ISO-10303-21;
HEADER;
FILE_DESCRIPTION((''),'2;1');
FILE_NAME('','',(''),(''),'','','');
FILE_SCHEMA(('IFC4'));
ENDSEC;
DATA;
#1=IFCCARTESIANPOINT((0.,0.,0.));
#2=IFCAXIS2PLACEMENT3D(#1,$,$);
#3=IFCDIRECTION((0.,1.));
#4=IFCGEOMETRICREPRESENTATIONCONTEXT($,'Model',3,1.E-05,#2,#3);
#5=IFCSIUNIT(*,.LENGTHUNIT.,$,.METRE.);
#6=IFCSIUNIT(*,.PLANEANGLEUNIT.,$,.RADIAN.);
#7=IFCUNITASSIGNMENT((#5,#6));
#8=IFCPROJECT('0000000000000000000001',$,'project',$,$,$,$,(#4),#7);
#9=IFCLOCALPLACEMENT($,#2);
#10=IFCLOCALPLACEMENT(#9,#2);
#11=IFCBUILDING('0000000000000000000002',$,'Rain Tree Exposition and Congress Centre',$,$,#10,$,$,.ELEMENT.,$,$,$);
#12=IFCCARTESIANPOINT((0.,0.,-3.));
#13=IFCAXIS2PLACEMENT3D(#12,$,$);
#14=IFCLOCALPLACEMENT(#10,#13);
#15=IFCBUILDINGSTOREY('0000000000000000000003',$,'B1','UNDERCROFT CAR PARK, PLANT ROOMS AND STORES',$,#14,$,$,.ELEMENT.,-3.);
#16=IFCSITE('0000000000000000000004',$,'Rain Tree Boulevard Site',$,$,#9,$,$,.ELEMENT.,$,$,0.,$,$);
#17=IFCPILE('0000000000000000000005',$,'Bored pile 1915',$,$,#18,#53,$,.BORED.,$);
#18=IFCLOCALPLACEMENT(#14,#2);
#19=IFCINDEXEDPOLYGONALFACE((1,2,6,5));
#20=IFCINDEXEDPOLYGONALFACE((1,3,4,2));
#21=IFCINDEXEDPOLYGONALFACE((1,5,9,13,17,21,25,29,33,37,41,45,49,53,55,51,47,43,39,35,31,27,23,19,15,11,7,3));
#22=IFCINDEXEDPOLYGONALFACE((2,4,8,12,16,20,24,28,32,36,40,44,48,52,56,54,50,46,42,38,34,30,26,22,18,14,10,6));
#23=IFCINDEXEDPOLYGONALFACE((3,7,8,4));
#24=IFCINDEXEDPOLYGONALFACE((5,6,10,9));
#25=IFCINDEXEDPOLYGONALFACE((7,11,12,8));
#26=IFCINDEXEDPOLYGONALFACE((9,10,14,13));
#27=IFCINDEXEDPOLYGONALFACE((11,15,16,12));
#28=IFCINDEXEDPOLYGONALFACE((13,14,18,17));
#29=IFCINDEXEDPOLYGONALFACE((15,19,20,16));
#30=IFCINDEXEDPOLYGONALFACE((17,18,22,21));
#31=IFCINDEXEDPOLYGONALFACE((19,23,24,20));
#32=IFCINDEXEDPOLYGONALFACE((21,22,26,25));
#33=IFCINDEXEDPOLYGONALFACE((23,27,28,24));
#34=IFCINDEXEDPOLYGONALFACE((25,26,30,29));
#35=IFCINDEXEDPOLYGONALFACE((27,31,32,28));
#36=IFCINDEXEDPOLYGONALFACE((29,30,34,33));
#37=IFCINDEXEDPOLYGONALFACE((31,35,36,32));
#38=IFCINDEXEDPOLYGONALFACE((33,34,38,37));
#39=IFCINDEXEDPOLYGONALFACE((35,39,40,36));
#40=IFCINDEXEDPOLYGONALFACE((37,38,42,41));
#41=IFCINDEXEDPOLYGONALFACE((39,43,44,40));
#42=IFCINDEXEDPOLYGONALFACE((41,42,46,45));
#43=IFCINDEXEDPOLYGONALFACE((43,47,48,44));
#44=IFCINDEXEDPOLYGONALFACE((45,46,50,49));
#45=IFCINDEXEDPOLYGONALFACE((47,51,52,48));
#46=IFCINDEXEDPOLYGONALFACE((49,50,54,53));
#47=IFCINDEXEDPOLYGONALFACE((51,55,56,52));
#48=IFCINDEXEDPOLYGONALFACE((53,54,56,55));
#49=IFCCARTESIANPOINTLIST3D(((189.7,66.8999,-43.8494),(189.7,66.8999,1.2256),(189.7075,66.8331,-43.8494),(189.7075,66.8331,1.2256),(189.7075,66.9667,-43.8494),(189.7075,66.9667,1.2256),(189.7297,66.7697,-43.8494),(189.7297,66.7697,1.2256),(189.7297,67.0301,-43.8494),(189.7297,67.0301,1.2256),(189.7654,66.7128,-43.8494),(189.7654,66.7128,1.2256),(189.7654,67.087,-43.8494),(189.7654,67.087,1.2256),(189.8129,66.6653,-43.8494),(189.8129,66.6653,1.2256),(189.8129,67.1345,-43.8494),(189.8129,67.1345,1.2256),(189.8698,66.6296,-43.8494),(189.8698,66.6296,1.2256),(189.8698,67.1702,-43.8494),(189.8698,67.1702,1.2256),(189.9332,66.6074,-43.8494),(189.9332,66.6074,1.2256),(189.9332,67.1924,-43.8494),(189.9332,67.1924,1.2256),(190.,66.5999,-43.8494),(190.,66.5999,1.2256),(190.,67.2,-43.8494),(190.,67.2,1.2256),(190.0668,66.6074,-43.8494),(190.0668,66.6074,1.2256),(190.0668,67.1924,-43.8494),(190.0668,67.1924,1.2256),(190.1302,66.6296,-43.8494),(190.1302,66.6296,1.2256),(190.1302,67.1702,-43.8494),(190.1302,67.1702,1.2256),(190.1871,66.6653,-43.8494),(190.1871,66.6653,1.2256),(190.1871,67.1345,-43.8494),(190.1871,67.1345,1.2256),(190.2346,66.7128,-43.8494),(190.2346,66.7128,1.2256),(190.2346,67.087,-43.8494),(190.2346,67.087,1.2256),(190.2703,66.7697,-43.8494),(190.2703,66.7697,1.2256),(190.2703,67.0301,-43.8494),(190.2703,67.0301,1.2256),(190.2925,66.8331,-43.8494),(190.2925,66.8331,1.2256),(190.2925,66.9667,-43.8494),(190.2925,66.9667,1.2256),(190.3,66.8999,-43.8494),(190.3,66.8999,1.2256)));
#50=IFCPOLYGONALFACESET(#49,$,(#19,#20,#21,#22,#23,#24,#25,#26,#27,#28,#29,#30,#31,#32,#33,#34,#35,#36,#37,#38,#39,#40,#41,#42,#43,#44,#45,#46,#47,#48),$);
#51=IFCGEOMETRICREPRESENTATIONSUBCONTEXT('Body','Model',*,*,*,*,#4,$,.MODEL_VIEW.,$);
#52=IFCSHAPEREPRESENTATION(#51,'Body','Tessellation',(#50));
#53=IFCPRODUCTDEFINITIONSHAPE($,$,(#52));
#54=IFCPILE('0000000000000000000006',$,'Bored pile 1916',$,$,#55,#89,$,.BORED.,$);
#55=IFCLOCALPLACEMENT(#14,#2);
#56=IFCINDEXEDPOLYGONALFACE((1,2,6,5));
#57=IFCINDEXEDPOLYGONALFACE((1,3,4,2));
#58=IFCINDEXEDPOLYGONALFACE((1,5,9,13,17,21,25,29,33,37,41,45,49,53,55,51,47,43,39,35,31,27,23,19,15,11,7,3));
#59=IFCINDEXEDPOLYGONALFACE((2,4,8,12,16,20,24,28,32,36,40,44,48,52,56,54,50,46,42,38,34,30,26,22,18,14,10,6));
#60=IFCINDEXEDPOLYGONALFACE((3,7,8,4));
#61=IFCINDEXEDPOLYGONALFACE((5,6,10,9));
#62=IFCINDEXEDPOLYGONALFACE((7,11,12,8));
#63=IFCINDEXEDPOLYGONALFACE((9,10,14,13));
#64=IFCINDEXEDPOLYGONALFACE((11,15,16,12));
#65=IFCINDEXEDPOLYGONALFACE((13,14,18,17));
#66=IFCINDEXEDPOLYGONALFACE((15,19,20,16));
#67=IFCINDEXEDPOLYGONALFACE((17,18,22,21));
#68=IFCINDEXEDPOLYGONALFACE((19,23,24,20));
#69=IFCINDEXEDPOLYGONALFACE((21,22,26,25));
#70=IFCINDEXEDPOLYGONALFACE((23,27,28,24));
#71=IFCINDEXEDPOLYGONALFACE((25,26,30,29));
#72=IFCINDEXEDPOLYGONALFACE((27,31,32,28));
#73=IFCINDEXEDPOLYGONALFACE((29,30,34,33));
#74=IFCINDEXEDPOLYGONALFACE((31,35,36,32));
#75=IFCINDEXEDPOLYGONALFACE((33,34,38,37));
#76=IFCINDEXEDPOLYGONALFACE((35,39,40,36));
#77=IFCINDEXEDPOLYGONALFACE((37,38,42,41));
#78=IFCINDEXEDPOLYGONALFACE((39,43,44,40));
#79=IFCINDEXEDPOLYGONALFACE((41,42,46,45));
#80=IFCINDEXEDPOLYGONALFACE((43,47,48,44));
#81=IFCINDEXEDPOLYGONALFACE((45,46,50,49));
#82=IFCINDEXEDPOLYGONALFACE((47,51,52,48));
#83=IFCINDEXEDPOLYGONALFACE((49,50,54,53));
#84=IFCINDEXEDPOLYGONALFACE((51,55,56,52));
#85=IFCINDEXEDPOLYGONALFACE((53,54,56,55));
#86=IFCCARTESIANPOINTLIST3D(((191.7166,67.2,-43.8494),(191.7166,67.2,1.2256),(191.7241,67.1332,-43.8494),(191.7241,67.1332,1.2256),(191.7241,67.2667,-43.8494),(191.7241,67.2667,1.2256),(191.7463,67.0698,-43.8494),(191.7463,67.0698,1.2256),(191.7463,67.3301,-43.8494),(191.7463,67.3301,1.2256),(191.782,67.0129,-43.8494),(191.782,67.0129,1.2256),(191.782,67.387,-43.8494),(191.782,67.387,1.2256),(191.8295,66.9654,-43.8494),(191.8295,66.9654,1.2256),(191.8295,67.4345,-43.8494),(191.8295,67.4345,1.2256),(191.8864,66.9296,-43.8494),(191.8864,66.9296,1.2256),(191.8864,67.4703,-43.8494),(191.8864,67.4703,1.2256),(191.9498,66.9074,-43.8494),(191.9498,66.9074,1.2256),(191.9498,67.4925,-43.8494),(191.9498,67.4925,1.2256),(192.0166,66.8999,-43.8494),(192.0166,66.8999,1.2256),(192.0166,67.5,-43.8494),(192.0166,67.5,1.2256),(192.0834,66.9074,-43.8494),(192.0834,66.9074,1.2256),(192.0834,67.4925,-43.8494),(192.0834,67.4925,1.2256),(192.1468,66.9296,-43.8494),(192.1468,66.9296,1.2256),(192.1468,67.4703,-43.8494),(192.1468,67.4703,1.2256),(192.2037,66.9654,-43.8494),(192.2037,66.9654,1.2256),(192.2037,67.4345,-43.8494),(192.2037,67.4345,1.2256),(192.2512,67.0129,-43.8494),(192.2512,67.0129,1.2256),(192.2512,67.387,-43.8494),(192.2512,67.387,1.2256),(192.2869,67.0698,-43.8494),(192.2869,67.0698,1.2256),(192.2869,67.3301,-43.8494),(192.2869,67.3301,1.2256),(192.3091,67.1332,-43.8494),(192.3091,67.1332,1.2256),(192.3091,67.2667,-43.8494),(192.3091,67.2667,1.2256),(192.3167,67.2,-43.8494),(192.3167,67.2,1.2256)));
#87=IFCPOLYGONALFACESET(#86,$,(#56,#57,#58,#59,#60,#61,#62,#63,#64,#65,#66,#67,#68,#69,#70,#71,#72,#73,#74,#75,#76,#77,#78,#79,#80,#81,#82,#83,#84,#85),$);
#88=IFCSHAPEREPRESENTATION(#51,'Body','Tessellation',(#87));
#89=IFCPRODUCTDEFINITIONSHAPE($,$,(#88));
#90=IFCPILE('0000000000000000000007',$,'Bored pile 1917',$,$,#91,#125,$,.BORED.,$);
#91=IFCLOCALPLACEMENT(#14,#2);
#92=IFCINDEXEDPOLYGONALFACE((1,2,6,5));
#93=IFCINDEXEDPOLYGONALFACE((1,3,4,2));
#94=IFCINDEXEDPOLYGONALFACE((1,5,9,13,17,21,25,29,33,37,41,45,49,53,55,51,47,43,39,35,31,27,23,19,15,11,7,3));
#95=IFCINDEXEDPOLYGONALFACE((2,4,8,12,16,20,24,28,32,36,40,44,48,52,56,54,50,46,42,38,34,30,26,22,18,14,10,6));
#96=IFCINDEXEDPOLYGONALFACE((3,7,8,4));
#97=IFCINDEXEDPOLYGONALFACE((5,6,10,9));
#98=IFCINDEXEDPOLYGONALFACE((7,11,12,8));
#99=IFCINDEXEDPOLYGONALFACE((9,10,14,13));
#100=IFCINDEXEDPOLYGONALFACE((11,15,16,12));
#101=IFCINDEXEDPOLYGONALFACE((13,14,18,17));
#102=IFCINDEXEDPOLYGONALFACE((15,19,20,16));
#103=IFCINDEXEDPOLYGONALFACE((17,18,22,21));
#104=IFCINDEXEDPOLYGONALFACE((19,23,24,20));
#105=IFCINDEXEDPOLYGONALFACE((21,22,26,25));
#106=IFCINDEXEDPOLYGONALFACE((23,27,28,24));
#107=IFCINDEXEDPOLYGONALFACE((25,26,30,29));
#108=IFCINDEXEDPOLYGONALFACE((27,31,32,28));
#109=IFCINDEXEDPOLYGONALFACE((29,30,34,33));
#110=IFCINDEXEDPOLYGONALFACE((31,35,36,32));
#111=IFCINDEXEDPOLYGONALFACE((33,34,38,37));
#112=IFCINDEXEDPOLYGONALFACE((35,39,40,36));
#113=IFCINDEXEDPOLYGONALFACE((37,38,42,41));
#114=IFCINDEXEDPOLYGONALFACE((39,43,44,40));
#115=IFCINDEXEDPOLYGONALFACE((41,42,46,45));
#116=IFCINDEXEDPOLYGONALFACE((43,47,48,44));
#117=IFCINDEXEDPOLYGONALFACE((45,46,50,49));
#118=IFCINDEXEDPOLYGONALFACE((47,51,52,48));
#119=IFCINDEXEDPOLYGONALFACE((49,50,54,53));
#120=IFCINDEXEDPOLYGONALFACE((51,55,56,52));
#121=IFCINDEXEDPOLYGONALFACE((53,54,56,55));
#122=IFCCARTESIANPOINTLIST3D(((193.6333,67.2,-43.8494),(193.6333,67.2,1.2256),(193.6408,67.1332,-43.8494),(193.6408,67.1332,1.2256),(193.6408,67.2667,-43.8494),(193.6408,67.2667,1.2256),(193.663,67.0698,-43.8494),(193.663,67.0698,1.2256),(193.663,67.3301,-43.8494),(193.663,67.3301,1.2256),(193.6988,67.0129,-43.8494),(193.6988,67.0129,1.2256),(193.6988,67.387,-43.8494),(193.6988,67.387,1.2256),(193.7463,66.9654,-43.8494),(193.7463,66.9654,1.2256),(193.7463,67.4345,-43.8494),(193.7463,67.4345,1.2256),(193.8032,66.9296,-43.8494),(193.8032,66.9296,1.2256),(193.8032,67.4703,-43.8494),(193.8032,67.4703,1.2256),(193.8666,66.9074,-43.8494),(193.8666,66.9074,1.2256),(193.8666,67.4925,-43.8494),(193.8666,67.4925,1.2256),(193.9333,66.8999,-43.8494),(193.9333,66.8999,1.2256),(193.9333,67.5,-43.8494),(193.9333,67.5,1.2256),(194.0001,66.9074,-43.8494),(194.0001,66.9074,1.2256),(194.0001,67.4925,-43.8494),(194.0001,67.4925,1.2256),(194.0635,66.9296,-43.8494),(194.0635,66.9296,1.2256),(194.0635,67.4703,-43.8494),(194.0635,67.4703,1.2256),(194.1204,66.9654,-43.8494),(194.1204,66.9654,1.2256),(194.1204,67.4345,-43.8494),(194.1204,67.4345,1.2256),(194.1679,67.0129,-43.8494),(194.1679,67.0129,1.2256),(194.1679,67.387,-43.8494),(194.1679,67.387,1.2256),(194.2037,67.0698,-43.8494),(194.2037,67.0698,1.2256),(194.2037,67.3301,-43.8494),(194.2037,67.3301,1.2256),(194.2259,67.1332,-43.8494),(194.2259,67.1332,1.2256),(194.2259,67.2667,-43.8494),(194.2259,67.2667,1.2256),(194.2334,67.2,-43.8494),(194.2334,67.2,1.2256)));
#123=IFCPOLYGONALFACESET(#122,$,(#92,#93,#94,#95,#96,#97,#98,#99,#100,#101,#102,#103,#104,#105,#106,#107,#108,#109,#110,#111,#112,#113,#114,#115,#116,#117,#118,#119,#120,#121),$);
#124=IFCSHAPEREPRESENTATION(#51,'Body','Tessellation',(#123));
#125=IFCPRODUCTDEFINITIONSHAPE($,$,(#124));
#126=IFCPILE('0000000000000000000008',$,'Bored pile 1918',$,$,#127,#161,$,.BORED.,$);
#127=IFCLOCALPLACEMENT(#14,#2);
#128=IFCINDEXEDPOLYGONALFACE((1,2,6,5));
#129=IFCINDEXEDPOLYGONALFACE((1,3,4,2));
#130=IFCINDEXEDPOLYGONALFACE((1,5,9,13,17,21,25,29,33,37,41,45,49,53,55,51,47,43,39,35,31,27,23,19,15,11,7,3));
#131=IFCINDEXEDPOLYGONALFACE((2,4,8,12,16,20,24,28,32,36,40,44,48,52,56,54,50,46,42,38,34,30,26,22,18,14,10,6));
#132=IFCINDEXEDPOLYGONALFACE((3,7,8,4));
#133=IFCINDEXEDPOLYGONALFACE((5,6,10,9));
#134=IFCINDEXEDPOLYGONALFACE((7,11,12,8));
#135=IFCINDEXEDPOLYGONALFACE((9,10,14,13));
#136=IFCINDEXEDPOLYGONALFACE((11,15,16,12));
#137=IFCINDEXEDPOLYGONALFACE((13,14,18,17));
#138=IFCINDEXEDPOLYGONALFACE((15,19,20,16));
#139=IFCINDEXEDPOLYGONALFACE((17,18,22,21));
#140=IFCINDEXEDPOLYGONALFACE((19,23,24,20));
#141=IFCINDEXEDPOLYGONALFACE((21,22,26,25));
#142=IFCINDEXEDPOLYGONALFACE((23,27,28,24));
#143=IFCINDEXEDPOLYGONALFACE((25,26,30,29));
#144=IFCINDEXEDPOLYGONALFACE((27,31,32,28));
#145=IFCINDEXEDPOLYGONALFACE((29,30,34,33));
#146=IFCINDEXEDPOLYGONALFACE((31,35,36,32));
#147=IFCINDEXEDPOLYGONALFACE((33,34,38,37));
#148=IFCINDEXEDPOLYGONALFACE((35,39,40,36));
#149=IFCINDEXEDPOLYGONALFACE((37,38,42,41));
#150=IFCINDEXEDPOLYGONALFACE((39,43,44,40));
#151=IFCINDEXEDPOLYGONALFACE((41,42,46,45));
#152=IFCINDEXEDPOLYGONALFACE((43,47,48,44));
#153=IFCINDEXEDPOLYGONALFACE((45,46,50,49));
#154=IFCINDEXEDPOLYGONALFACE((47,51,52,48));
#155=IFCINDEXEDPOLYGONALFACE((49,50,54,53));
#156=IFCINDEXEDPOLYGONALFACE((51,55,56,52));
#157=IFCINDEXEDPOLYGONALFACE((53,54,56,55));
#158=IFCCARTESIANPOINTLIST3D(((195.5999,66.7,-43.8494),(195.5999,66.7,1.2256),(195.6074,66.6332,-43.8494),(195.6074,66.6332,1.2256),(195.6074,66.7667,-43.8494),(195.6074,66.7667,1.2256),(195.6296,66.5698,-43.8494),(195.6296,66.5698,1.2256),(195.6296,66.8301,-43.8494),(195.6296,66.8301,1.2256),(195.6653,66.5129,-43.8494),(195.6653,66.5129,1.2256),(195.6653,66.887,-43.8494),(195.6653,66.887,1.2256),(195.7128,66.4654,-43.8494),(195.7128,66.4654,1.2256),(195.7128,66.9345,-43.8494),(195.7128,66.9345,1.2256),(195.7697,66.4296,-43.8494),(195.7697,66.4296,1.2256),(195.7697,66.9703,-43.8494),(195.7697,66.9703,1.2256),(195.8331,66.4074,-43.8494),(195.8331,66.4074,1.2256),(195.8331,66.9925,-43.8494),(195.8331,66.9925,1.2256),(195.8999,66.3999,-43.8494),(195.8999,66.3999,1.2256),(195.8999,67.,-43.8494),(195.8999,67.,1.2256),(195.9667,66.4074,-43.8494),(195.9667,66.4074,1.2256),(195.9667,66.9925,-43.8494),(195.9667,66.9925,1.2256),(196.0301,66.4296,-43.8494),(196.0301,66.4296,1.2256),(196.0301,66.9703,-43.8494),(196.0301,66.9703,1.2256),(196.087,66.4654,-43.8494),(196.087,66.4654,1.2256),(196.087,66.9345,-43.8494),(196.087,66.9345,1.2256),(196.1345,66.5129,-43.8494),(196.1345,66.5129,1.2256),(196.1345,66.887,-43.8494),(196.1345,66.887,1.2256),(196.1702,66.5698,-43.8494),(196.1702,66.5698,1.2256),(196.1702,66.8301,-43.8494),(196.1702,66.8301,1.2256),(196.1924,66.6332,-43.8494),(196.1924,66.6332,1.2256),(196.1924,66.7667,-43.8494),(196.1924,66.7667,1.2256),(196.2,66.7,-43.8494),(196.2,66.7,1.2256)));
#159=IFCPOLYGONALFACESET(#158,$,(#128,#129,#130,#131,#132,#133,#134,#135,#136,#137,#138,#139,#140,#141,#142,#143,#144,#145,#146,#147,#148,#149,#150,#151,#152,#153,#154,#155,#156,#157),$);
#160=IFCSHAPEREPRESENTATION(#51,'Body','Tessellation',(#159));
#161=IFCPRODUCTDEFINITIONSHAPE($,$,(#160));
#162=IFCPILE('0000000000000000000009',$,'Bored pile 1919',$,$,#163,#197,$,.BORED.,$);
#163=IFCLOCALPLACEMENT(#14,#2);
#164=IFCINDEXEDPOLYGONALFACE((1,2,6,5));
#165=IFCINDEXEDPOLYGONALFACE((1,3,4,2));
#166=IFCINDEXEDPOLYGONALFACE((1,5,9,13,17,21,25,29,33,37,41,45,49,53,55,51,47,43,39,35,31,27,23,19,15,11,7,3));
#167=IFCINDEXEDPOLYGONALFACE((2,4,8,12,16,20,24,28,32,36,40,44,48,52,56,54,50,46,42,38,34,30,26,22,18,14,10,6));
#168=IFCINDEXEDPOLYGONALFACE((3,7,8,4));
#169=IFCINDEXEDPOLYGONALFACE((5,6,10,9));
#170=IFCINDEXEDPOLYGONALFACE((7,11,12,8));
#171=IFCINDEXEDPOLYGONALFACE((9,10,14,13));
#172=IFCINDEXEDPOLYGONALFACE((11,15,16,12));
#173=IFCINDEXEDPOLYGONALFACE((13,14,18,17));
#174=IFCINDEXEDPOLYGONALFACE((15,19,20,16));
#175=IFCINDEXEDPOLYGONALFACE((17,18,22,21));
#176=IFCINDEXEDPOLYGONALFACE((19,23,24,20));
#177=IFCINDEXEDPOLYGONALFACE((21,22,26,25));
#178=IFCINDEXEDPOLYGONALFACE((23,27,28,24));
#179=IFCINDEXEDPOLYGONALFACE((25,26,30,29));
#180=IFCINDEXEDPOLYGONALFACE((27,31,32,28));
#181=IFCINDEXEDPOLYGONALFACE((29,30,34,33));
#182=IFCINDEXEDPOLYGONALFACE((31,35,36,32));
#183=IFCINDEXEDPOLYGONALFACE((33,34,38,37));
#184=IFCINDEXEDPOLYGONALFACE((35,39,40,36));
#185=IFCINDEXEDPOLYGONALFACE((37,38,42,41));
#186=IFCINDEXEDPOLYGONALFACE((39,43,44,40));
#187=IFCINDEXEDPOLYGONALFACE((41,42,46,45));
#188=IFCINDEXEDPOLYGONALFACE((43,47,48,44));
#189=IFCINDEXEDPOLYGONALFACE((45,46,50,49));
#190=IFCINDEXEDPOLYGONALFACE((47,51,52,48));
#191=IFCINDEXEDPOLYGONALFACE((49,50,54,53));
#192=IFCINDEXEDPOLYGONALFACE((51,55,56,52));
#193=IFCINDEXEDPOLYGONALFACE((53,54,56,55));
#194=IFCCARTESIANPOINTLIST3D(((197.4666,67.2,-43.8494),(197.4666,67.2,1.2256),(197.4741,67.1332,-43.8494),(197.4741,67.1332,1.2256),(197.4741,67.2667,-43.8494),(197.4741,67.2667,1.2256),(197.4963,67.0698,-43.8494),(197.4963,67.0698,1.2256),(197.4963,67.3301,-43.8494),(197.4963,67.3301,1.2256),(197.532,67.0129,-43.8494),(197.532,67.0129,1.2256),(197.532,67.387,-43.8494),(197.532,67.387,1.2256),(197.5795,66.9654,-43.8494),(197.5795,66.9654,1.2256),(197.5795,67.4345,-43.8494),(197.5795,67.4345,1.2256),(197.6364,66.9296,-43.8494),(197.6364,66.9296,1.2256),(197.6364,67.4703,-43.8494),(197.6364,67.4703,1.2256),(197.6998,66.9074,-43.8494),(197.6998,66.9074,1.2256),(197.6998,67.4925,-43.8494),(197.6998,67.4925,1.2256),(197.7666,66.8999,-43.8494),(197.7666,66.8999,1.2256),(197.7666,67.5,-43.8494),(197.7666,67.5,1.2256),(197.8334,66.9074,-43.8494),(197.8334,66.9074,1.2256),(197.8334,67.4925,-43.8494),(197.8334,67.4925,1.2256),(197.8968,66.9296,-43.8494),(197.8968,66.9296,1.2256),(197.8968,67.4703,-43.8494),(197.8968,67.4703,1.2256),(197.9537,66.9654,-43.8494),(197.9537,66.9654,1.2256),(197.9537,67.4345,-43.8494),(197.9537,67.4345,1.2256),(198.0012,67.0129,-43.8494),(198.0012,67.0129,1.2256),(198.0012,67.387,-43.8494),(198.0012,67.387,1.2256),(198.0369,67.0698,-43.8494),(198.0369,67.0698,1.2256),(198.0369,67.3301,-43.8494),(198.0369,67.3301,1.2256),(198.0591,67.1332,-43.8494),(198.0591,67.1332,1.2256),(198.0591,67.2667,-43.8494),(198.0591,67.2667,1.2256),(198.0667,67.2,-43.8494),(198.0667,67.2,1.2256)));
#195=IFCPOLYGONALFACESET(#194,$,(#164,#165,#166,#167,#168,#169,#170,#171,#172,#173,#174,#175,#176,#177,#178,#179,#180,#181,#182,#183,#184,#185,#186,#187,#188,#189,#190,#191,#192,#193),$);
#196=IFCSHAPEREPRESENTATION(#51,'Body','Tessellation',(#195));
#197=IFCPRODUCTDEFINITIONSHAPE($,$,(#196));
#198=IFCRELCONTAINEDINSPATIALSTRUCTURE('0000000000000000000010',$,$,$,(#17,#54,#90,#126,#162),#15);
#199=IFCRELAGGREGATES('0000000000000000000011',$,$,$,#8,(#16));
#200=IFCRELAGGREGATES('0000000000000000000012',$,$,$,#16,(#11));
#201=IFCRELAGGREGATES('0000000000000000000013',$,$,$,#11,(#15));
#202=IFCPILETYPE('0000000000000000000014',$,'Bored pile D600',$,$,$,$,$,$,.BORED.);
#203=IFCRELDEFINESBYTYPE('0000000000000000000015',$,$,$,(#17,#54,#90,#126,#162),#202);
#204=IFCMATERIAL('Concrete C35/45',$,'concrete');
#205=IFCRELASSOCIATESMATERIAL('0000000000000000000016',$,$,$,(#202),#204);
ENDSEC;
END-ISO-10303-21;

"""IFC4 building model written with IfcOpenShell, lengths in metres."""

from ifc_helpers import new_model, si_unit, direction, frame, origin, origin_2d, place, context, subcontext, project, spatial, circle, extrude, material, material_profile, profile_set, type_object, element, save


model = new_model("IFC4")

# Units and contexts
model_context = context("Model", 3, precision=1e-05, world=origin(), true_north=direction((0.0, 1.0)))
body_context = subcontext(model_context, "Body", "Model", "MODEL_VIEW")
ifc_project = project(units=[si_unit("LENGTHUNIT", "METRE"), si_unit("PLANEANGLEUNIT", "RADIAN")], contexts=[model_context])

# Site, building, storey
site_placement = place(None, origin())
site = spatial("IfcSite", under=ifc_project, at=site_placement, Name="Rain Tree Boulevard Site", CompositionType="ELEMENT", RefElevation=0.0)
building_placement = place(site_placement, origin())
building = spatial("IfcBuilding", under=site, at=building_placement, Name="Rain Tree Exposition and Congress Centre", CompositionType="ELEMENT")
storey_placement = place(building_placement, frame((0.0, 0.0, -3.0)))
storey = spatial("IfcBuildingStorey", under=building, at=storey_placement, Name="B1", Description="UNDERCROFT CAR PARK, PLANT ROOMS AND STORES", CompositionType="ELEMENT", Elevation=-3.0)

# Piles
ifc_material_1 = material(Name="Concrete C35/45", Category="concrete")
ifc_material_profile_1 = material_profile(ifc_material_1, circle(Radius=0.3, at=origin_2d()), Name="D600")
ifc_profile_set_1 = profile_set([ifc_material_profile_1], Name="Concrete C35/45")
pile_type_1 = type_object("IfcPileType", Name="Bored pile D600", PredefinedType="BORED", material=ifc_profile_set_1)
for number, where, z_axis, x_axis, name in (
    (1, (190.0, 66.8999, 1.2256), (0.0, 0.0, -1.0), (1.0, 0.0, 0.0), "Bored pile 1915"),
    (2, (192.0166, 67.2, 1.2256), (0.0, 0.0, -1.0), (1.0, 0.0, 0.0), "Bored pile 1916"),
    (3, (193.9333, 67.2, 1.2256), (0.0, 0.0, -1.0), (1.0, 0.0, 0.0), "Bored pile 1917"),
    (4, (195.8999, 66.7, 1.2256), (0.0, 0.0, -1.0), (1.0, 0.0, 0.0), "Bored pile 1918"),
    (5, (197.7666, 67.2, 1.2256), (0.0, 0.0, -1.0), (1.0, 0.0, 0.0), "Bored pile 1919"),
):
    element("IfcPile", number, at=place(storey_placement, frame(where, z_axis=z_axis, x_axis=x_axis)), inside=storey, type_object=pile_type_1, Name=name, PredefinedType="BORED", context=body_context, shape_type="SweptSolid", body=[
        extrude(circle(Radius=0.3, at=origin_2d()), origin(), (0.0, 0.0, 1.0), 45.075),
    ])

save(model, "model.ifc")
